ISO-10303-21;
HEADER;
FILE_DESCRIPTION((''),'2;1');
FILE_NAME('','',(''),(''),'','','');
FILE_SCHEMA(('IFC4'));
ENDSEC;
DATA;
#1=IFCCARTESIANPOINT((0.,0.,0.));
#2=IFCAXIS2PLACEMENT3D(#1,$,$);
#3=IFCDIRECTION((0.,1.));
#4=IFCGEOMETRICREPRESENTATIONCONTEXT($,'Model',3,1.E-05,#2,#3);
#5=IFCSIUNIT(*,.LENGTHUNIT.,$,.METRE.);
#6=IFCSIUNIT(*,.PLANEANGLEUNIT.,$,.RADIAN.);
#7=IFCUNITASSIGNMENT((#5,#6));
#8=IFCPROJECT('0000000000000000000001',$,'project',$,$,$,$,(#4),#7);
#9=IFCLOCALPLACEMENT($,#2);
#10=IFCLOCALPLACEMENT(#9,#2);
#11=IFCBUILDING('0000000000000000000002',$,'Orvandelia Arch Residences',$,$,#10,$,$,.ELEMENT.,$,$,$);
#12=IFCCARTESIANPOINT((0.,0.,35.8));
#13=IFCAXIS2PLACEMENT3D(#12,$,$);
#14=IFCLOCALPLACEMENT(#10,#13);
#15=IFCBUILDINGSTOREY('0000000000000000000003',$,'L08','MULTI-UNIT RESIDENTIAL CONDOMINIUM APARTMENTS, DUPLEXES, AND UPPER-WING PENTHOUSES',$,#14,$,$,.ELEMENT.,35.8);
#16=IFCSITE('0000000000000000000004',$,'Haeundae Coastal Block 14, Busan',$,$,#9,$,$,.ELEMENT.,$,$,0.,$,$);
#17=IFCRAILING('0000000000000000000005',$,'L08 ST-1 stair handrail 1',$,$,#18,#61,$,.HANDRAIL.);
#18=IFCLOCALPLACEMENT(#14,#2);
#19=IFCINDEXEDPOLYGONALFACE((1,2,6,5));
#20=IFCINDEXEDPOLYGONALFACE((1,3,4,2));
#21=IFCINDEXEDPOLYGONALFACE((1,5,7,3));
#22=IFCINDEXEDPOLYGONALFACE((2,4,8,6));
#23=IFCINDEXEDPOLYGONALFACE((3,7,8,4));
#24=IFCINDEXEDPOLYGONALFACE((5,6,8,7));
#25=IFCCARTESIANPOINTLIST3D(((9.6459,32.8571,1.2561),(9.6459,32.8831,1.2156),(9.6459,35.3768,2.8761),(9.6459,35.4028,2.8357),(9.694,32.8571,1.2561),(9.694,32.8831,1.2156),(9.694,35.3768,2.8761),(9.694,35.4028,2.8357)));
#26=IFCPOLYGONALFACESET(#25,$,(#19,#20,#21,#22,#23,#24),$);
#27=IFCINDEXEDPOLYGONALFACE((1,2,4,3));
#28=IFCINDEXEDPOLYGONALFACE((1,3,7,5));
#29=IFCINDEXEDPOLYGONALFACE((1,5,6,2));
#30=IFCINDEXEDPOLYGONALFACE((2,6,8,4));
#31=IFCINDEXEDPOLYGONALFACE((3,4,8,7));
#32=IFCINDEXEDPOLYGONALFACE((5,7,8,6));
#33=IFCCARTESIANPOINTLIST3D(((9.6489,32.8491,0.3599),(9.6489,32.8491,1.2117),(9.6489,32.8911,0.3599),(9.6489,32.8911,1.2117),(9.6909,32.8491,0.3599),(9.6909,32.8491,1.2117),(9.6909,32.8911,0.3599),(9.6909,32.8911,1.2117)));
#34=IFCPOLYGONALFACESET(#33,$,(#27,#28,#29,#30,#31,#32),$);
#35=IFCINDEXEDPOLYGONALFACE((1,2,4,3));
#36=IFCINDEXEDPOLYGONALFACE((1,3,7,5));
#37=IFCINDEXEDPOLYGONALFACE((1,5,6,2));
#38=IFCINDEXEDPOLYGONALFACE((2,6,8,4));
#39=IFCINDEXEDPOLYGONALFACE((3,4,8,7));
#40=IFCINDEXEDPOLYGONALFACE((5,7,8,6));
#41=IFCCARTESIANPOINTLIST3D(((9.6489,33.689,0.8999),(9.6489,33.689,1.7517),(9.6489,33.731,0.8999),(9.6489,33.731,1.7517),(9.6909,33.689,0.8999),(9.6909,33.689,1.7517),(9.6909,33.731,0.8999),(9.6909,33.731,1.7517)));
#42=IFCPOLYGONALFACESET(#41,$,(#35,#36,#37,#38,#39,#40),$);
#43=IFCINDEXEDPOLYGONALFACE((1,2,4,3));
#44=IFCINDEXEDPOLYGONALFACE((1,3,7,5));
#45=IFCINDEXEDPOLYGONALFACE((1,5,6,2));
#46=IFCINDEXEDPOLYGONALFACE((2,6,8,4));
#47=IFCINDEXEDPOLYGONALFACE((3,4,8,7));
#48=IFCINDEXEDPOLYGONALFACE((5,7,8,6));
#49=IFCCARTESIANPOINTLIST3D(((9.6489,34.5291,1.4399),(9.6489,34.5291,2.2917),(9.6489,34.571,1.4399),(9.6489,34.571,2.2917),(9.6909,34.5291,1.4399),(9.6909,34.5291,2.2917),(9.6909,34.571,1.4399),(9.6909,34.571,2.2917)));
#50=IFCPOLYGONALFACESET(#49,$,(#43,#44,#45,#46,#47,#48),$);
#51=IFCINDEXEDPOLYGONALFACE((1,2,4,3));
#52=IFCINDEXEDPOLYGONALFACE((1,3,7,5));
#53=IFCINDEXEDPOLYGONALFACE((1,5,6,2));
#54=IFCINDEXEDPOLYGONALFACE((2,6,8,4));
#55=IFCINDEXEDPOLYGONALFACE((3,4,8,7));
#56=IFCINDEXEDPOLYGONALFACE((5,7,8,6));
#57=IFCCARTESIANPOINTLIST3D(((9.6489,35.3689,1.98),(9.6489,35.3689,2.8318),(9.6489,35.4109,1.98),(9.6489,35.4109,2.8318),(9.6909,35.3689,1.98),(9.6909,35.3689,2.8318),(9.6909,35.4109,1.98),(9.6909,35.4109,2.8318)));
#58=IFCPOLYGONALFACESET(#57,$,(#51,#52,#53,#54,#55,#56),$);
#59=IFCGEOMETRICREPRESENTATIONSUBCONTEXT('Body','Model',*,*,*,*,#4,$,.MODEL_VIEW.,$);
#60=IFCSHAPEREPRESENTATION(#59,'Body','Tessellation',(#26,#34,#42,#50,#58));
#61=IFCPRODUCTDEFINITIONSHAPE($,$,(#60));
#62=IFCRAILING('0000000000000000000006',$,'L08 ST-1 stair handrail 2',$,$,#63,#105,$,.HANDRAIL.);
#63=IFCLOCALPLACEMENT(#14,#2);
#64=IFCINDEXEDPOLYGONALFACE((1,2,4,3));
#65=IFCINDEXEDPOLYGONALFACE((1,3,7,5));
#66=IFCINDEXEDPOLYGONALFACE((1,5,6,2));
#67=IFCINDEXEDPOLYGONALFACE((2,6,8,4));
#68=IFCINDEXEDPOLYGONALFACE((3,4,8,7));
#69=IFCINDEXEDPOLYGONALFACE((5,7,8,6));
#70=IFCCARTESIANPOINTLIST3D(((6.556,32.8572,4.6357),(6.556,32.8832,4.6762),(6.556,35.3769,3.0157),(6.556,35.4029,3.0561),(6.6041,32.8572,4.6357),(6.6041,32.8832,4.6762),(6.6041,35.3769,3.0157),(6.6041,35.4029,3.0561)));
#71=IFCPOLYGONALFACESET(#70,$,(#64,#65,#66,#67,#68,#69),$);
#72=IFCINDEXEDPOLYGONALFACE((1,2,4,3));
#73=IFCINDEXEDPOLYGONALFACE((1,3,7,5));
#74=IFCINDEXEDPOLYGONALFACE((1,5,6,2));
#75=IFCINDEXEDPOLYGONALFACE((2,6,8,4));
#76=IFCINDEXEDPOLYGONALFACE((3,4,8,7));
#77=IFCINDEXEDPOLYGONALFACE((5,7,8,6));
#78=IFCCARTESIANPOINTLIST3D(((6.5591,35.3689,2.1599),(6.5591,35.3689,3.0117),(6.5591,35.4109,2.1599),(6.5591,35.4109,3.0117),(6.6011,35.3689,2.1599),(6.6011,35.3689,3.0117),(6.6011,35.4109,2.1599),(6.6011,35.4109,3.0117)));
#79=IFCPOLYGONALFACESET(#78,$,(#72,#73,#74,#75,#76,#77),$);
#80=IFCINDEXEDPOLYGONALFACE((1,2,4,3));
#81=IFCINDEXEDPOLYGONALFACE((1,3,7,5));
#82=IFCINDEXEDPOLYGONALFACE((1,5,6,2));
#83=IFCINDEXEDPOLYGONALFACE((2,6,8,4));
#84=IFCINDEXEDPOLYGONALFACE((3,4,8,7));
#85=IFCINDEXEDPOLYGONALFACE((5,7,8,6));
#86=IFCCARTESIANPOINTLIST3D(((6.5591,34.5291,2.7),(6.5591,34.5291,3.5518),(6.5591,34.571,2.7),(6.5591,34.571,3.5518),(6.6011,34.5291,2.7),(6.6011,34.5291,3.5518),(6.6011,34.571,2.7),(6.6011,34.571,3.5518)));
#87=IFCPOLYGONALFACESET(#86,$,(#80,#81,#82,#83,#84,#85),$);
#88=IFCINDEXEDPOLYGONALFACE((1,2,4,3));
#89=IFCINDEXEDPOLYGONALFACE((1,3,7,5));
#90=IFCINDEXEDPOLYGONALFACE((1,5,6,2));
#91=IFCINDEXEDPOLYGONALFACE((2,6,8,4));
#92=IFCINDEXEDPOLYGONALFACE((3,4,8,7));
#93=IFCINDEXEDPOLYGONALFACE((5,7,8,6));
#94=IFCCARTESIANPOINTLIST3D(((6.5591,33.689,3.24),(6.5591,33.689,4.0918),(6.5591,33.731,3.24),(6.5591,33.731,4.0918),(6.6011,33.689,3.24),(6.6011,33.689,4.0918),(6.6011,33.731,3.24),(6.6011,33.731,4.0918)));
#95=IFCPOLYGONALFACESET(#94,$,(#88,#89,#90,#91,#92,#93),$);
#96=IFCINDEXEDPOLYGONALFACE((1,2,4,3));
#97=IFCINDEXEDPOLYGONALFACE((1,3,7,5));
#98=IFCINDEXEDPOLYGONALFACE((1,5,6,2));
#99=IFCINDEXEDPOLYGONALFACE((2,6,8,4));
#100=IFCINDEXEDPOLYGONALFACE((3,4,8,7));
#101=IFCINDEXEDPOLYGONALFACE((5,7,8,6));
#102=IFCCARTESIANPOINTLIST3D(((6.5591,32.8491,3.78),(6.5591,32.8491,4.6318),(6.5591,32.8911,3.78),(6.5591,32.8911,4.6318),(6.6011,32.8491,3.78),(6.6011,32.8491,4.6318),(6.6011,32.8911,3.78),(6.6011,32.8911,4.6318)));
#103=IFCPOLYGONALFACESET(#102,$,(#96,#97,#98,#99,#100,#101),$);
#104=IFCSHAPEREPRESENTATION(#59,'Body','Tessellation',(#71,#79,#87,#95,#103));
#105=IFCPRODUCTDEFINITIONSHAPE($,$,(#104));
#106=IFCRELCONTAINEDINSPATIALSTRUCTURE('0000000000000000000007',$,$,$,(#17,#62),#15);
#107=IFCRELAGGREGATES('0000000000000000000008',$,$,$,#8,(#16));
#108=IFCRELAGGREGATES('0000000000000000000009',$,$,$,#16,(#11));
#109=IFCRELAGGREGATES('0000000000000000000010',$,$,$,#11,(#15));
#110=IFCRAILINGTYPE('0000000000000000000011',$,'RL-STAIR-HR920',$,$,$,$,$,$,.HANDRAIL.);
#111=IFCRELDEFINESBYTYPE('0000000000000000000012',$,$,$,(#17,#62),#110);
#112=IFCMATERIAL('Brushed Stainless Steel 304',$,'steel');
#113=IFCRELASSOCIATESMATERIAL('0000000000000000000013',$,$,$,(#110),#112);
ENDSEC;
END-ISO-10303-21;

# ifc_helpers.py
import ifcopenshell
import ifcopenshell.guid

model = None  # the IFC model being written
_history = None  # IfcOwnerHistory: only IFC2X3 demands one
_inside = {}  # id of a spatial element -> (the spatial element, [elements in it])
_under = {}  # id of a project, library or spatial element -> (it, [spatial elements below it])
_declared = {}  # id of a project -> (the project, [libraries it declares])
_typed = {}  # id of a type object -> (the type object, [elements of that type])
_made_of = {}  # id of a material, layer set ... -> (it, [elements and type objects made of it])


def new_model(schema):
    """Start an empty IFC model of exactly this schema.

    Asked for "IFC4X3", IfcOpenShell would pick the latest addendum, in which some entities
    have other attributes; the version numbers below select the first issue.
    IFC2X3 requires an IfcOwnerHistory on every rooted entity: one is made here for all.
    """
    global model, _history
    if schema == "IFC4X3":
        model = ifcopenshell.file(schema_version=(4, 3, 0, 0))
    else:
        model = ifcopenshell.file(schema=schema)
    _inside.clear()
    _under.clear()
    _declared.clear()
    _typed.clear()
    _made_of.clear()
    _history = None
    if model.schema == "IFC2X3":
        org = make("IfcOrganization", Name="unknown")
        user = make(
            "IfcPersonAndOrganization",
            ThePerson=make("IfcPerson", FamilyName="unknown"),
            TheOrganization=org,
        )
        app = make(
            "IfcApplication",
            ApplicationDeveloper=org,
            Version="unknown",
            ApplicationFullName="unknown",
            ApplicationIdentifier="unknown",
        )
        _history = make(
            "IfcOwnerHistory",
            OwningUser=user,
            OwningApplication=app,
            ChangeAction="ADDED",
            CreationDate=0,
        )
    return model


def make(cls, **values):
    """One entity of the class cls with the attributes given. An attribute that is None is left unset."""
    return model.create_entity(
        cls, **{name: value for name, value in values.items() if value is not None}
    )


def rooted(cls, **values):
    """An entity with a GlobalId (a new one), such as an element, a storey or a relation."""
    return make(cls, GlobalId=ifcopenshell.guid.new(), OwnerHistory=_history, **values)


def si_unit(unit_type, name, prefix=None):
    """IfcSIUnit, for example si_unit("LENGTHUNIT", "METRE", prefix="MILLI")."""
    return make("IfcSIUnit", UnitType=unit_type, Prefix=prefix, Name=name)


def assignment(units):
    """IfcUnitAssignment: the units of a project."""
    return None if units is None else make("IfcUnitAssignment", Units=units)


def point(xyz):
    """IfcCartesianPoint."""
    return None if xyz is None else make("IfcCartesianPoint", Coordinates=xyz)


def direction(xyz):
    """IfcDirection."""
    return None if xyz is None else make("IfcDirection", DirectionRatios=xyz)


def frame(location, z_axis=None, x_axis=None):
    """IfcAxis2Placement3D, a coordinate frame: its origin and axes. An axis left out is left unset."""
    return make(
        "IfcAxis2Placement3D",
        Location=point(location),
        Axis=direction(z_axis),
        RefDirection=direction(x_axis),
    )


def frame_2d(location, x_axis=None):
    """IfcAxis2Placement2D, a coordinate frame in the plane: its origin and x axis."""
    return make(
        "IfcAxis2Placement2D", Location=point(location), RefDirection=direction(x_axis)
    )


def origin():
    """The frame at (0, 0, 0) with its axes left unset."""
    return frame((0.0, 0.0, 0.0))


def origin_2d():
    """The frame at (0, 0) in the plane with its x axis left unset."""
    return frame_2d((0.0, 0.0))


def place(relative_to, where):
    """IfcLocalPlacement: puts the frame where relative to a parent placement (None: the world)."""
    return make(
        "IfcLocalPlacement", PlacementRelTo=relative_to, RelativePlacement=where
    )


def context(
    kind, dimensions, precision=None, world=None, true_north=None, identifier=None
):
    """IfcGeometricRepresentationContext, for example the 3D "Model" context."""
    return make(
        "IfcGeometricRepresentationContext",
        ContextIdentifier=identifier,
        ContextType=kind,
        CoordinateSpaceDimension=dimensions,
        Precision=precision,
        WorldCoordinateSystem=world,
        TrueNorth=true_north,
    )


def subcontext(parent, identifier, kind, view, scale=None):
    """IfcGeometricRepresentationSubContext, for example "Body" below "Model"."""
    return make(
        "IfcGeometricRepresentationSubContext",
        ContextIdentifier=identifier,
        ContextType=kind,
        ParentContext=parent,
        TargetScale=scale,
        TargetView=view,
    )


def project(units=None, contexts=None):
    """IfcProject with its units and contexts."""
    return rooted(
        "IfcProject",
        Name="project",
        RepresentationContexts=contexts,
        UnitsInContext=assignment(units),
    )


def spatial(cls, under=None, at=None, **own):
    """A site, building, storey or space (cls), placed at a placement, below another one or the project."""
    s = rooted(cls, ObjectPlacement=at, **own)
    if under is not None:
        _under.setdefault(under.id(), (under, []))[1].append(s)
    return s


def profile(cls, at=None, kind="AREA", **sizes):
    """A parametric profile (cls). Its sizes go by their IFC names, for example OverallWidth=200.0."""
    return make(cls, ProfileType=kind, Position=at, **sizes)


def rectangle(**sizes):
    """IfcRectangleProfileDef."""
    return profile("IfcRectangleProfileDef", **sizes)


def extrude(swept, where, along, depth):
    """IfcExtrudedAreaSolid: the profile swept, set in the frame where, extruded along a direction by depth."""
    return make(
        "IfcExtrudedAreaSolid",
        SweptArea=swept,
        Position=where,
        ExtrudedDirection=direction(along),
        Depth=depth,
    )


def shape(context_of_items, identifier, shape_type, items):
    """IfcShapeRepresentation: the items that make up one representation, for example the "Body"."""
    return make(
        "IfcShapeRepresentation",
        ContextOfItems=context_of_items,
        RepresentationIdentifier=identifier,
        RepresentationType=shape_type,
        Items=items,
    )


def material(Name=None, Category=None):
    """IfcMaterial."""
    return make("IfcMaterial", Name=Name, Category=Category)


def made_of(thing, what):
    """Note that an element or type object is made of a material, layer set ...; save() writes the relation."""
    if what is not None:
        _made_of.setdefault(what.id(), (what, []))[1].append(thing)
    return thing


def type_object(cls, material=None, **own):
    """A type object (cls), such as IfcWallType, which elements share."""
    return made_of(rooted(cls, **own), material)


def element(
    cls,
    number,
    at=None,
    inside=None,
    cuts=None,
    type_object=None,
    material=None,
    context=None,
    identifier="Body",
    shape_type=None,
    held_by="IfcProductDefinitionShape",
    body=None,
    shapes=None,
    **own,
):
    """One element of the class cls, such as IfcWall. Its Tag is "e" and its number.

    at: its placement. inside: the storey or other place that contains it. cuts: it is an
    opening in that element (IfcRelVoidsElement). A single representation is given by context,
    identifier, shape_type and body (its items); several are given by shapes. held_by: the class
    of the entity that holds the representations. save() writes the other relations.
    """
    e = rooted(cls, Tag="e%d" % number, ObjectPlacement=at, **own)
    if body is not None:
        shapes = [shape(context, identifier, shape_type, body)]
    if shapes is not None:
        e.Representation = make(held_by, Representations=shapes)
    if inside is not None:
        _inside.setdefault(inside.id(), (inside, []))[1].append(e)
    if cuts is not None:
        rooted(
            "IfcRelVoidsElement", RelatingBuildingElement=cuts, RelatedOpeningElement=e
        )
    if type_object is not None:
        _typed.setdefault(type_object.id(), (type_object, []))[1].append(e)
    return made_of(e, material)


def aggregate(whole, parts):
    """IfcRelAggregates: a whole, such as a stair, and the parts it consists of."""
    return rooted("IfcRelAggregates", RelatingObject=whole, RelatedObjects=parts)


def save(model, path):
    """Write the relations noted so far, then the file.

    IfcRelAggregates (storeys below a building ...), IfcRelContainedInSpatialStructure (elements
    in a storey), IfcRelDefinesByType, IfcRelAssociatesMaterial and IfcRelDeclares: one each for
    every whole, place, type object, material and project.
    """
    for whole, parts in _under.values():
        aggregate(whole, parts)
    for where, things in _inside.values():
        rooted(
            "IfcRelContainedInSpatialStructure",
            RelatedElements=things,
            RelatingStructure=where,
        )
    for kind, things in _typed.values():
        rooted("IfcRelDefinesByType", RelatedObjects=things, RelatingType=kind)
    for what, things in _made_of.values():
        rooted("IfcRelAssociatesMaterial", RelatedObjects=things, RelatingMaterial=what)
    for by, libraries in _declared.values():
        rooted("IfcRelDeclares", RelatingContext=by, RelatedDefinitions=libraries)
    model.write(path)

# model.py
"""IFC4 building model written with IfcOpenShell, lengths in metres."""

from ifc_helpers import new_model, si_unit, direction, frame, origin, origin_2d, place, context, subcontext, project, spatial, rectangle, extrude, material, type_object, element, save


model = new_model("IFC4")

# Units and contexts
model_context = context("Model", 3, precision=1e-05, world=origin(), true_north=direction((0.0, 1.0)))
body_context = subcontext(model_context, "Body", "Model", "MODEL_VIEW")
ifc_project = project(units=[si_unit("LENGTHUNIT", "METRE"), si_unit("PLANEANGLEUNIT", "RADIAN")], contexts=[model_context])

# Site, building, storey
site_placement = place(None, origin())
site = spatial("IfcSite", under=ifc_project, at=site_placement, Name="Haeundae Coastal Block 14, Busan", CompositionType="ELEMENT", RefElevation=0.0)
building_placement = place(site_placement, origin())
building = spatial("IfcBuilding", under=site, at=building_placement, Name="Orvandelia Arch Residences", CompositionType="ELEMENT")
storey_placement = place(building_placement, frame((0.0, 0.0, 35.8)))
storey = spatial("IfcBuildingStorey", under=building, at=storey_placement, Name="L08", Description="MULTI-UNIT RESIDENTIAL CONDOMINIUM APARTMENTS, DUPLEXES, AND UPPER-WING PENTHOUSES", CompositionType="ELEMENT", Elevation=35.8)

# Railings
ifc_material_1 = material(Name="Brushed Stainless Steel 304", Category="steel")
railing_type_1 = type_object("IfcRailingType", Name="RL-STAIR-HR920", PredefinedType="HANDRAIL", material=ifc_material_1)
railing_1_placement = place(storey_placement, frame((9.6699, 32.8701, 0.3599)))
element("IfcRailing", 1, at=railing_1_placement, inside=storey, type_object=railing_type_1, Name="L08 ST-1 stair handrail 1", PredefinedType="HANDRAIL", context=body_context, shape_type="SweptSolid", body=[
    extrude(rectangle(XDim=0.0481, YDim=0.0481, at=origin_2d()), frame((0.0, 0.0, 0.876), z_axis=(0.0, 0.841139, 0.540819), x_axis=(-1.0, 0.0, 0.0)), (0.0, 0.0, 1.0), 2.9956),
    extrude(rectangle(XDim=0.042, YDim=0.042, at=origin_2d()), origin(), (0.0, 0.0, 1.0), 0.8518),
    extrude(rectangle(XDim=0.042, YDim=0.042, at=origin_2d()), frame((0.0, 0.8398, 0.54)), (0.0, 0.0, 1.0), 0.8518),
    extrude(rectangle(XDim=0.042, YDim=0.042, at=origin_2d()), frame((0.0, 1.6799, 1.0801)), (0.0, 0.0, 1.0), 0.8518),
    extrude(rectangle(XDim=0.042, YDim=0.042, at=origin_2d()), frame((0.0, 2.5198, 1.6201)), (0.0, 0.0, 1.0), 0.8518),
])
railing_2_placement = place(storey_placement, frame((6.5801, 35.3899, 2.1599)))
element("IfcRailing", 2, at=railing_2_placement, inside=storey, type_object=railing_type_1, Name="L08 ST-1 stair handrail 2", PredefinedType="HANDRAIL", context=body_context, shape_type="SweptSolid", body=[
    extrude(rectangle(XDim=0.0481, YDim=0.0481, at=origin_2d()), frame((0.0, 0.0, 0.876), z_axis=(0.0, -0.841139, 0.540819), x_axis=(1.0, 0.0, 0.0)), (0.0, 0.0, 1.0), 2.9956),
    extrude(rectangle(XDim=0.042, YDim=0.042, at=origin_2d()), origin(), (0.0, 0.0, 1.0), 0.8518),
    extrude(rectangle(XDim=0.042, YDim=0.042, at=origin_2d()), frame((0.0, -0.8398, 0.54)), (0.0, 0.0, 1.0), 0.8518),
    extrude(rectangle(XDim=0.042, YDim=0.042, at=origin_2d()), frame((0.0, -1.6799, 1.0801)), (0.0, 0.0, 1.0), 0.8518),
    extrude(rectangle(XDim=0.042, YDim=0.042, at=origin_2d()), frame((0.0, -2.5198, 1.6201)), (0.0, 0.0, 1.0), 0.8518),
])

save(model, "model.ifc")
